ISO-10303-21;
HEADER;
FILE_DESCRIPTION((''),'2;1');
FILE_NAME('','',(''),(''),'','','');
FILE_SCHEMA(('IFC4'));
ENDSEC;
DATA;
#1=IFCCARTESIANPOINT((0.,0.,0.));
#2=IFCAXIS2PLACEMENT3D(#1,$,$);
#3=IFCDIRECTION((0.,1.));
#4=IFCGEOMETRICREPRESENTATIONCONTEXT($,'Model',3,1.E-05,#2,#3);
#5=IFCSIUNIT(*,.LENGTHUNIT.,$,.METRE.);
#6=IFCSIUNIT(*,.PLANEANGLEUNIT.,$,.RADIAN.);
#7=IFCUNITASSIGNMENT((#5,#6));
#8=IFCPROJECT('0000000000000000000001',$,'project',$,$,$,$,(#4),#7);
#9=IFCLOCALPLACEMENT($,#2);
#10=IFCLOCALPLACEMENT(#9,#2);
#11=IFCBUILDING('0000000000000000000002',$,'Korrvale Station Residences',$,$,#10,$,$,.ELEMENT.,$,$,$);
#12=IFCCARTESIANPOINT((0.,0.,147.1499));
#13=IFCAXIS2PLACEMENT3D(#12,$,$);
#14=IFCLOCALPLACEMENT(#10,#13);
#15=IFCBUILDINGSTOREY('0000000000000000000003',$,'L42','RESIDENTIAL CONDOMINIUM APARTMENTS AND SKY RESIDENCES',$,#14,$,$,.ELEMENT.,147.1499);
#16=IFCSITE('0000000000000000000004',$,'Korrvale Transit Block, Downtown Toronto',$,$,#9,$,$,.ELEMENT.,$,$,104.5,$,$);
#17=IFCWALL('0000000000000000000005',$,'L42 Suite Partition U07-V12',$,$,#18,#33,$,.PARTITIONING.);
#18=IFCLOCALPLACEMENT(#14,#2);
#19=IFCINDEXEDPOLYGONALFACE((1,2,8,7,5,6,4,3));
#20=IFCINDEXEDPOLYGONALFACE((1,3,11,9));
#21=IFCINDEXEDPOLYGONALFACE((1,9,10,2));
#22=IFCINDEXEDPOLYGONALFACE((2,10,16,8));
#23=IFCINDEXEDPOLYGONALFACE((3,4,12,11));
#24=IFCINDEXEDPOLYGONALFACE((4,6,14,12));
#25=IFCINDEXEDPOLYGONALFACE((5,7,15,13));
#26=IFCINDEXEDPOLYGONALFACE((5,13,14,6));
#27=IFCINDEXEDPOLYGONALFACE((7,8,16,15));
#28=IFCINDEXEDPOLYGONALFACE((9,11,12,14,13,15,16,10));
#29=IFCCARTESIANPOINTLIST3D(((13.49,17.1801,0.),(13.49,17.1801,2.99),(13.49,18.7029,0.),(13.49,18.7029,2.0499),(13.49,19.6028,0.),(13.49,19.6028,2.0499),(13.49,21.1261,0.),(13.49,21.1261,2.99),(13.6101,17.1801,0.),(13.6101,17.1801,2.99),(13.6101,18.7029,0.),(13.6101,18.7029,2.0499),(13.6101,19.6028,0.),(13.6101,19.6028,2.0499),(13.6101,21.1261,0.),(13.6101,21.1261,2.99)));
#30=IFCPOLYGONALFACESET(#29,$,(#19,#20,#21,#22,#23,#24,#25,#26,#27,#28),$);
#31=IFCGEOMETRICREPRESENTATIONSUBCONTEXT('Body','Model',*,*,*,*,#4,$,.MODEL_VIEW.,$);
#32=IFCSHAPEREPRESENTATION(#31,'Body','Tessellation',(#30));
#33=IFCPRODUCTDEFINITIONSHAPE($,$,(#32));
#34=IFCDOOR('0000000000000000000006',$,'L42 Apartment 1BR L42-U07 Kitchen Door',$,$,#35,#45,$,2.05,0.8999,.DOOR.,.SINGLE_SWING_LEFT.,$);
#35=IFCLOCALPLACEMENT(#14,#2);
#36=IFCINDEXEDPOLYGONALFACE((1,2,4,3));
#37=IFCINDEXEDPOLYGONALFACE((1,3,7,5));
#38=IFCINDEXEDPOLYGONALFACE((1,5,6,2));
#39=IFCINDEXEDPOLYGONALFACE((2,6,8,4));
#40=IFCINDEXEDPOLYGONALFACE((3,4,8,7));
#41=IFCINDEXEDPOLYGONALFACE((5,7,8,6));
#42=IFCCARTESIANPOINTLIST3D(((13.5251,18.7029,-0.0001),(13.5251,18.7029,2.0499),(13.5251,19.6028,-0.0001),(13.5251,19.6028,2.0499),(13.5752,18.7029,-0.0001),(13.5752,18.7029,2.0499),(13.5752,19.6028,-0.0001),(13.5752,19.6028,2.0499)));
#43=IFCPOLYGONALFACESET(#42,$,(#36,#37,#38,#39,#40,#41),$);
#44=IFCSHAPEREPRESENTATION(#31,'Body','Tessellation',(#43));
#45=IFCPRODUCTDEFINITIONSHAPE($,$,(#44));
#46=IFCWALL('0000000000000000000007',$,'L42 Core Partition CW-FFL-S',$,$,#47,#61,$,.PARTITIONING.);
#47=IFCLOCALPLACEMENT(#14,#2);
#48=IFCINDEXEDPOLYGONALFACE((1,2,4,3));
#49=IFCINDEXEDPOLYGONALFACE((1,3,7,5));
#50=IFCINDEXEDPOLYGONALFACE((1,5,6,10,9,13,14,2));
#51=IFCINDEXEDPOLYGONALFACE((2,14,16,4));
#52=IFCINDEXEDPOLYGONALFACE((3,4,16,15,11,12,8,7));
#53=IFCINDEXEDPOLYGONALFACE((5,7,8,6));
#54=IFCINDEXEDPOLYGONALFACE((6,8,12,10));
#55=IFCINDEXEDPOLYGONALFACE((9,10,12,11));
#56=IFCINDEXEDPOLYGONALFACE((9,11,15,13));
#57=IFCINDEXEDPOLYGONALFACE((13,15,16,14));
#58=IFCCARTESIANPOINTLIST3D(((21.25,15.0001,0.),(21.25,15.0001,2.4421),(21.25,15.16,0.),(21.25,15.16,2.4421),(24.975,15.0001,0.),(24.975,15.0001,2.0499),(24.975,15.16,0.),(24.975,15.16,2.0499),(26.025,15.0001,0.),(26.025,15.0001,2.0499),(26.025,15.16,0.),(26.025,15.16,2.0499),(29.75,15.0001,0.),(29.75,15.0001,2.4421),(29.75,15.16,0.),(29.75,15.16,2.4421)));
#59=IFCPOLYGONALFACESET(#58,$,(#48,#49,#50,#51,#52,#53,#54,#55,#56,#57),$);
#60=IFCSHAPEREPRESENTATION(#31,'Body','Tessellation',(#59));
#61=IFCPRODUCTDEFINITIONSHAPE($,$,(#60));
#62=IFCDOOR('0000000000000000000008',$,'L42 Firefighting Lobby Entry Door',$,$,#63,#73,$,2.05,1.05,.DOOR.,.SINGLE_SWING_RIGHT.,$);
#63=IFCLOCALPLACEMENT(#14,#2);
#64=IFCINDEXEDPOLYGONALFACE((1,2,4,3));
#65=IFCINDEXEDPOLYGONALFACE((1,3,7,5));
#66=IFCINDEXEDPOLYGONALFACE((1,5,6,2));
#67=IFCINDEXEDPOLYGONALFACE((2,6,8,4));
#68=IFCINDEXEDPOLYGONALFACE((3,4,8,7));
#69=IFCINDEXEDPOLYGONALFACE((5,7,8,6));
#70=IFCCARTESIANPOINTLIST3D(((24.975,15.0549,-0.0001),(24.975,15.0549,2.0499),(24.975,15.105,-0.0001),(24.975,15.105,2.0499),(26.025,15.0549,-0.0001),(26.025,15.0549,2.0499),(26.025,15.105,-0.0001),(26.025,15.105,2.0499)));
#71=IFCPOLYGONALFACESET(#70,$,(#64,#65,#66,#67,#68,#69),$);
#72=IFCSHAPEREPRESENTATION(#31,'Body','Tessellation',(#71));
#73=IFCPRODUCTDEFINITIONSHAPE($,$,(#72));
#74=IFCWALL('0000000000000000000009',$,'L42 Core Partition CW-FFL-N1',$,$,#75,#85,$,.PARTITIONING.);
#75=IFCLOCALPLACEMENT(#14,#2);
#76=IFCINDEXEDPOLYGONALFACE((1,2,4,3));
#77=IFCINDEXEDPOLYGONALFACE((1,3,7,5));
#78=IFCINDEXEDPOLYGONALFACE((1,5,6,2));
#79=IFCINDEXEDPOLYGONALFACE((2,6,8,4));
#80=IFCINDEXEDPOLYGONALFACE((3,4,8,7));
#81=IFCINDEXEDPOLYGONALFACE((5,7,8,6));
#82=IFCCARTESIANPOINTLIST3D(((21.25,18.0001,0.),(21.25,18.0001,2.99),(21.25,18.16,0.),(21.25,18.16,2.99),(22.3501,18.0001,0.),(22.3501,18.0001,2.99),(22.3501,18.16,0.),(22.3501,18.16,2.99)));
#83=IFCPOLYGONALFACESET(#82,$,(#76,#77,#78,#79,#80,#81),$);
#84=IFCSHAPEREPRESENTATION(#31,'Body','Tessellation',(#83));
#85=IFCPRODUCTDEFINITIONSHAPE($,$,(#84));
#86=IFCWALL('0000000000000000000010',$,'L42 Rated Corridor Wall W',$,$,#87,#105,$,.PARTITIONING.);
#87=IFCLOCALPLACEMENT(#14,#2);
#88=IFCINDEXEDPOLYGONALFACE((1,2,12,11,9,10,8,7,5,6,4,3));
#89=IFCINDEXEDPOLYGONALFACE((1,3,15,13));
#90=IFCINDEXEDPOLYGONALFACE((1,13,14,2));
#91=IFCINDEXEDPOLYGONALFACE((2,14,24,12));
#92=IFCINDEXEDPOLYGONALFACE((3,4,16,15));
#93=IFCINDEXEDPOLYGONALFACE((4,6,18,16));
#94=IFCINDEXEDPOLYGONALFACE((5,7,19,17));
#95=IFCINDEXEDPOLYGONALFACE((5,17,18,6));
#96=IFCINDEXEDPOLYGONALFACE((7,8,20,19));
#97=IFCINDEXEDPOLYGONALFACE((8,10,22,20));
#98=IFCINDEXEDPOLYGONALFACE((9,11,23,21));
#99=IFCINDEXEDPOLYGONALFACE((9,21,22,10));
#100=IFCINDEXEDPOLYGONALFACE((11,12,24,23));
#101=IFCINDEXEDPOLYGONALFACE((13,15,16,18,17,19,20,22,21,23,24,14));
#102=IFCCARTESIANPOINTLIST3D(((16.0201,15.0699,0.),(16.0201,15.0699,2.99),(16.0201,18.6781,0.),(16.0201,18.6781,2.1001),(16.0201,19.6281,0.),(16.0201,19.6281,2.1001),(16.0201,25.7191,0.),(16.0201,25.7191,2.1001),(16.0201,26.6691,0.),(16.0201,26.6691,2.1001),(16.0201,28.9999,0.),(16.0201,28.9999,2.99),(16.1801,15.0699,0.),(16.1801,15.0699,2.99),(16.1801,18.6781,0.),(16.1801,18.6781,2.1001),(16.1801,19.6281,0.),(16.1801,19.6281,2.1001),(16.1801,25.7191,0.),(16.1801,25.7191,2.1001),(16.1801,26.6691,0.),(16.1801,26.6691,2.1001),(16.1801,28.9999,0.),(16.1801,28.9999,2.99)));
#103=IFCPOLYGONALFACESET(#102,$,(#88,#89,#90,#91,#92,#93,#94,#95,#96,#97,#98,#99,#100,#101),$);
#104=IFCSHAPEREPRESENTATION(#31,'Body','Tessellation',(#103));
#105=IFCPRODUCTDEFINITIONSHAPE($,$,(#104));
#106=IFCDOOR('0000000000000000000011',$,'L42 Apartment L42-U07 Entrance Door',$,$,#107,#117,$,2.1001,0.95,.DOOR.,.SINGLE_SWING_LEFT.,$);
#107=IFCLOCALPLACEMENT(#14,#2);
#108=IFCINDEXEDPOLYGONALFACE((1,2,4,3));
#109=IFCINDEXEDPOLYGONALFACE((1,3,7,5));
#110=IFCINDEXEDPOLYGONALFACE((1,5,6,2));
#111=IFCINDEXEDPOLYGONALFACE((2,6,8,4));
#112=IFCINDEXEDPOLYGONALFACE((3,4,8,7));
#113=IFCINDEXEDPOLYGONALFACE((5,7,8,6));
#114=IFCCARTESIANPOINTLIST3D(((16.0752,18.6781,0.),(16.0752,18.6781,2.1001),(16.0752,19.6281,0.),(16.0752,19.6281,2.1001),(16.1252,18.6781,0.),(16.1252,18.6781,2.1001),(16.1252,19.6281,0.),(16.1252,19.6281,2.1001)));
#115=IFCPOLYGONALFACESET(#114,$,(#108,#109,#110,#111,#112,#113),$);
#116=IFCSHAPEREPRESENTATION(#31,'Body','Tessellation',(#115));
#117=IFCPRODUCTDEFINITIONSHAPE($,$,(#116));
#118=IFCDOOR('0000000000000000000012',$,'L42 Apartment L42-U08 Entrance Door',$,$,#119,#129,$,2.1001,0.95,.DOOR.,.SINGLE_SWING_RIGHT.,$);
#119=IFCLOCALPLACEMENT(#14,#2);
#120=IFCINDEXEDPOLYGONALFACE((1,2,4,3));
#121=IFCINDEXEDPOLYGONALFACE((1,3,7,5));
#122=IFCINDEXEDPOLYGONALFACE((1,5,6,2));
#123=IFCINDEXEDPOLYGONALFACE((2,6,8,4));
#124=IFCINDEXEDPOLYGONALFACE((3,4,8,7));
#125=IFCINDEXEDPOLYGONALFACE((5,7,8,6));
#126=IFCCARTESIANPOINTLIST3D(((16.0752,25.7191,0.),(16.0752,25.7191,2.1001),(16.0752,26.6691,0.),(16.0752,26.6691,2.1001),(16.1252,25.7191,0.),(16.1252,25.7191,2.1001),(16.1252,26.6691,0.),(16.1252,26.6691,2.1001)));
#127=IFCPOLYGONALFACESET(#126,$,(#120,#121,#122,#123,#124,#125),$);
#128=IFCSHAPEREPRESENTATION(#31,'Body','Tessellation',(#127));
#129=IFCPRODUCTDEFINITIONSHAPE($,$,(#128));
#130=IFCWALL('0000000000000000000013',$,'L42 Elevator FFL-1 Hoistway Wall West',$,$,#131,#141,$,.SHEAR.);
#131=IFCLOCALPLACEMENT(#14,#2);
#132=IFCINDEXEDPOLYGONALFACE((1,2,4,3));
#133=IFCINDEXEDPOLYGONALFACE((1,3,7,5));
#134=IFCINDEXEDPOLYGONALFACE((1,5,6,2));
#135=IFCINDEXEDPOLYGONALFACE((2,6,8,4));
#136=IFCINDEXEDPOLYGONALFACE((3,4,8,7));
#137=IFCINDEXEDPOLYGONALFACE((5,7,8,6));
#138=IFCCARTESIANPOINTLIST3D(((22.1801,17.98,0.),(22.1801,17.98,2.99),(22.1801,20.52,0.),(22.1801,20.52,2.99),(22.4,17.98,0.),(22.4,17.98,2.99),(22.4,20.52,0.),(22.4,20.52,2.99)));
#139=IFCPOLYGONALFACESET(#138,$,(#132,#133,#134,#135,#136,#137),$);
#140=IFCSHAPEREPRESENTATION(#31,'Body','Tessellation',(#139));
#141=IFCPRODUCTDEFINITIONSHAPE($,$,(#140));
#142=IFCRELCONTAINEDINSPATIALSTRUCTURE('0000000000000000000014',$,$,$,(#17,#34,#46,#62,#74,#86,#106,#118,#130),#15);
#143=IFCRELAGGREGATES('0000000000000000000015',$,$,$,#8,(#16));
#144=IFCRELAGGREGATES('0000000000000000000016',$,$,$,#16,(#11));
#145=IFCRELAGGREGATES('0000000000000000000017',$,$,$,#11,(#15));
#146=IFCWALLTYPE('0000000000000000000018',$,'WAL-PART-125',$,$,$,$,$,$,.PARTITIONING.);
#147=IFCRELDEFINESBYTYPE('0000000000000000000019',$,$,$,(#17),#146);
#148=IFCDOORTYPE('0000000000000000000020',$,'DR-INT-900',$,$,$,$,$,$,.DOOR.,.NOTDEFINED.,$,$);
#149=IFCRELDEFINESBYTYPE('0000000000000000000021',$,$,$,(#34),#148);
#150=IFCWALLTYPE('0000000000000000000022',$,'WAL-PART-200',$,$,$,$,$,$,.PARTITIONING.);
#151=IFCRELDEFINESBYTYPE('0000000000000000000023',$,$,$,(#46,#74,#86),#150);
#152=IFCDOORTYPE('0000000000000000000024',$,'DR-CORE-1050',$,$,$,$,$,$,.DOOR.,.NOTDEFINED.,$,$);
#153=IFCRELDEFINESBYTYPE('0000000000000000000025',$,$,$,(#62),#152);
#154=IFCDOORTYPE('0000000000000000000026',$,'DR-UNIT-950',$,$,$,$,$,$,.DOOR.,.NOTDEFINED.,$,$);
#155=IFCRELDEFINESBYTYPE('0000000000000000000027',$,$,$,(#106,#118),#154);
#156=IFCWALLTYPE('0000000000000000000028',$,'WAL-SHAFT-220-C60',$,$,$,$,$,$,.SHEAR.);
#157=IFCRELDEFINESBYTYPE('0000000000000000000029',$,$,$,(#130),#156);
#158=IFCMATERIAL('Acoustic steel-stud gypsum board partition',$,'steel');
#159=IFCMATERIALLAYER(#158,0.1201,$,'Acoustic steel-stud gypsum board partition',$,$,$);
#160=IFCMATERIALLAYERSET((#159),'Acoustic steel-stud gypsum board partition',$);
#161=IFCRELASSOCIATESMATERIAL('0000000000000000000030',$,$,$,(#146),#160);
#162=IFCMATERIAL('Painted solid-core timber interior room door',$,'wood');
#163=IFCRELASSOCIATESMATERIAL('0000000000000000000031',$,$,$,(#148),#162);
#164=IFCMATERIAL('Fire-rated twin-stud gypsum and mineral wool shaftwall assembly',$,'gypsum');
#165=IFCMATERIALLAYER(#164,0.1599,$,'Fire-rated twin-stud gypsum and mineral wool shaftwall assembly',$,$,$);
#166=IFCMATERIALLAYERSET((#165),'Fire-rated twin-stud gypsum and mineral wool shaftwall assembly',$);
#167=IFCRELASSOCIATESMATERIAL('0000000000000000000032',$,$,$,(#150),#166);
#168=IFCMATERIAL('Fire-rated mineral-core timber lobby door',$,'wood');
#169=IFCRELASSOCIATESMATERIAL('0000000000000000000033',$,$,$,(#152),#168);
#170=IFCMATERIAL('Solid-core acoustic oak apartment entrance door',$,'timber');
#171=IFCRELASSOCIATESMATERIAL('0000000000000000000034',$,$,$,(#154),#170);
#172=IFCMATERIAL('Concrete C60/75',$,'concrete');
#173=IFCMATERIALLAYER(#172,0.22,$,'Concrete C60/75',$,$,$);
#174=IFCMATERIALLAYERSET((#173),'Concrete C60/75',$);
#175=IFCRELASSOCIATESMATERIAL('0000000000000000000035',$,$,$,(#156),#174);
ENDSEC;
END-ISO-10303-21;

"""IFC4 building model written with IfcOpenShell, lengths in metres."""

from ifc_helpers import new_model, si_unit, direction, frame, frame_2d, origin, place, context, subcontext, project, spatial, rectangle, extrude, material, layer, layer_set, type_object, element, fill, save


model = new_model("IFC4")

# Units and contexts
model_context = context("Model", 3, precision=1e-05, world=origin(), true_north=direction((0.0, 1.0)))
body_context = subcontext(model_context, "Body", "Model", "MODEL_VIEW")
ifc_project = project(units=[si_unit("LENGTHUNIT", "METRE"), si_unit("PLANEANGLEUNIT", "RADIAN")], contexts=[model_context])

# Site, building, storey
site_placement = place(None, origin())
site = spatial("IfcSite", under=ifc_project, at=site_placement, Name="Korrvale Transit Block, Downtown Toronto", CompositionType="ELEMENT", RefElevation=104.5)
building_placement = place(site_placement, origin())
building = spatial("IfcBuilding", under=site, at=building_placement, Name="Korrvale Station Residences", CompositionType="ELEMENT")
storey_placement = place(building_placement, frame((0.0, 0.0, 147.1499)))
storey = spatial("IfcBuildingStorey", under=building, at=storey_placement, Name="L42", Description="RESIDENTIAL CONDOMINIUM APARTMENTS AND SKY RESIDENCES", CompositionType="ELEMENT", Elevation=147.1499)

# Shared definitions
ifc_material_1 = material(Name="Concrete C60/75", Category="concrete")

# Shared definitions
ifc_material_2 = material(Name="Acoustic steel-stud gypsum board partition", Category="steel")
ifc_layer_1 = layer(ifc_material_2, 0.1201, Name="Acoustic steel-stud gypsum board partition")
ifc_layer_set_1 = layer_set([ifc_layer_1], Name="Acoustic steel-stud gypsum board partition")
wall_type_1 = type_object("IfcWallType", Name="WAL-PART-125", PredefinedType="PARTITIONING", material=ifc_layer_set_1)

# Walls, openings, doors
wall_1_placement = place(storey_placement, frame((13.55, 17.1799, 0.0), z_axis=(0.0, 0.0, 1.0), x_axis=(0.0, 1.0, 0.0)))
wall_1 = element("IfcWall", 1, at=wall_1_placement, inside=storey, type_object=wall_type_1, Name="L42 Suite Partition U07-V12", PredefinedType="PARTITIONING", context=body_context, shape_type="SweptSolid", body=[
    extrude(rectangle(XDim=3.946, YDim=0.1201, at=frame_2d((1.9731, 0.0))), origin(), (0.0, 0.0, 1.0), 2.99),
])
opening_1_placement = place(wall_1_placement, frame((1.5229, 0.0, 0.0)))
opening_1 = element("IfcOpeningElement", 2, at=opening_1_placement, cuts=wall_1, PredefinedType="OPENING", context=body_context, shape_type="SweptSolid", body=[
    extrude(rectangle(XDim=0.8999, YDim=2.05, at=frame_2d((0.45, 1.0249))), frame((0.0, 0.0701, 0.0), z_axis=(0.0, -1.0, 0.0), x_axis=(1.0, 0.0, 0.0)), (0.0, 0.0, 1.0), 0.1401),
])
ifc_material_3 = material(Name="Painted solid-core timber interior room door", Category="wood")
door_type_1 = type_object("IfcDoorType", Name="DR-INT-900", OperationType="NOTDEFINED", PredefinedType="DOOR", material=ifc_material_3)
door_1_placement = place(opening_1_placement, origin())
door_1 = element("IfcDoor", 3, at=door_1_placement, inside=storey, type_object=door_type_1, Name="L42 Apartment 1BR L42-U07 Kitchen Door", OperationType="SINGLE_SWING_LEFT", OverallHeight=2.05, OverallWidth=0.8999, PredefinedType="DOOR", context=body_context, shape_type="SweptSolid", body=[
    extrude(rectangle(XDim=0.8999, YDim=2.05, at=frame_2d((0.45, 1.0249))), frame((0.0, 0.0249, 0.0), z_axis=(0.0, -1.0, 0.0), x_axis=(1.0, 0.0, 0.0)), (0.0, 0.0, 1.0), 0.05),
])
fill(opening_1, door_1)
ifc_material_4 = material(Name="Fire-rated twin-stud gypsum and mineral wool shaftwall assembly", Category="gypsum")
ifc_layer_2 = layer(ifc_material_4, 0.1599, Name="Fire-rated twin-stud gypsum and mineral wool shaftwall assembly")
ifc_layer_set_2 = layer_set([ifc_layer_2], Name="Fire-rated twin-stud gypsum and mineral wool shaftwall assembly")
wall_type_2 = type_object("IfcWallType", Name="WAL-PART-200", PredefinedType="PARTITIONING", material=ifc_layer_set_2)
wall_2_placement = place(storey_placement, frame((21.25, 15.0801, 0.0), z_axis=(0.0, 0.0, 1.0), x_axis=(1.0, 0.0, 0.0)))
wall_2 = element("IfcWall", 4, at=wall_2_placement, inside=storey, type_object=wall_type_2, Name="L42 Core Partition CW-FFL-S", PredefinedType="PARTITIONING", context=body_context, shape_type="SweptSolid", body=[
    extrude(rectangle(XDim=8.5, YDim=0.1599, at=frame_2d((4.25, 0.0))), origin(), (0.0, 0.0, 1.0), 2.4421),
])
opening_2_placement = place(wall_2_placement, frame((3.7251, 0.0, 0.0)))
opening_2 = element("IfcOpeningElement", 5, at=opening_2_placement, cuts=wall_2, PredefinedType="OPENING", context=body_context, shape_type="SweptSolid", body=[
    extrude(rectangle(XDim=1.05, YDim=2.05, at=frame_2d((0.5249, 1.0249))), frame((0.0, 0.0898, 0.0), z_axis=(0.0, -1.0, 0.0), x_axis=(1.0, 0.0, 0.0)), (0.0, 0.0, 1.0), 0.1799),
])
ifc_material_5 = material(Name="Fire-rated mineral-core timber lobby door", Category="wood")
door_type_2 = type_object("IfcDoorType", Name="DR-CORE-1050", OperationType="NOTDEFINED", PredefinedType="DOOR", material=ifc_material_5)
door_2_placement = place(opening_2_placement, origin())
door_2 = element("IfcDoor", 6, at=door_2_placement, inside=storey, type_object=door_type_2, Name="L42 Firefighting Lobby Entry Door", OperationType="SINGLE_SWING_RIGHT", OverallHeight=2.05, OverallWidth=1.05, PredefinedType="DOOR", context=body_context, shape_type="SweptSolid", body=[
    extrude(rectangle(XDim=1.05, YDim=2.05, at=frame_2d((0.5249, 1.0249))), frame((0.0, 0.0249, 0.0), z_axis=(0.0, -1.0, 0.0), x_axis=(1.0, 0.0, 0.0)), (0.0, 0.0, 1.0), 0.05),
])
fill(opening_2, door_2)

# Wall
wall_3_placement = place(storey_placement, frame((21.25, 18.0801, 0.0), z_axis=(0.0, 0.0, 1.0), x_axis=(1.0, 0.0, 0.0)))
element("IfcWall", 7, at=wall_3_placement, inside=storey, type_object=wall_type_2, Name="L42 Core Partition CW-FFL-N1", PredefinedType="PARTITIONING", context=body_context, shape_type="SweptSolid", body=[
    extrude(rectangle(XDim=1.1001, YDim=0.1599, at=frame_2d((0.55, 0.0))), origin(), (0.0, 0.0, 1.0), 2.99),
])

# Wall, openings, doors
wall_4_placement = place(storey_placement, frame((16.1001, 15.0701, 0.0), z_axis=(0.0, 0.0, 1.0), x_axis=(0.0, 1.0, 0.0)))
wall_4 = element("IfcWall", 8, at=wall_4_placement, inside=storey, type_object=wall_type_2, Name="L42 Rated Corridor Wall W", PredefinedType="PARTITIONING", context=body_context, shape_type="SweptSolid", body=[
    extrude(rectangle(XDim=13.9299, YDim=0.1599, at=frame_2d((6.9648, 0.0))), origin(), (0.0, 0.0, 1.0), 2.99),
])
opening_3_placement = place(wall_4_placement, frame((3.6079, 0.0, 0.0)))
opening_3 = element("IfcOpeningElement", 9, at=opening_3_placement, cuts=wall_4, PredefinedType="OPENING", context=body_context, shape_type="SweptSolid", body=[
    extrude(rectangle(XDim=0.95, YDim=2.1001, at=frame_2d((0.4751, 1.05))), frame((0.0, 0.0898, 0.0), z_axis=(0.0, -1.0, 0.0), x_axis=(1.0, 0.0, 0.0)), (0.0, 0.0, 1.0), 0.1799),
])
opening_4_placement = place(wall_4_placement, frame((10.6489, 0.0, 0.0)))
opening_4 = element("IfcOpeningElement", 10, at=opening_4_placement, cuts=wall_4, PredefinedType="OPENING", context=body_context, shape_type="SweptSolid", body=[
    extrude(rectangle(XDim=0.95, YDim=2.1001, at=frame_2d((0.4751, 1.05))), frame((0.0, 0.0898, 0.0), z_axis=(0.0, -1.0, 0.0), x_axis=(1.0, 0.0, 0.0)), (0.0, 0.0, 1.0), 0.1799),
])
ifc_material_6 = material(Name="Solid-core acoustic oak apartment entrance door", Category="timber")
door_type_3 = type_object("IfcDoorType", Name="DR-UNIT-950", OperationType="NOTDEFINED", PredefinedType="DOOR", material=ifc_material_6)
door_3_placement = place(opening_3_placement, origin())
door_3 = element("IfcDoor", 11, at=door_3_placement, inside=storey, type_object=door_type_3, Name="L42 Apartment L42-U07 Entrance Door", OperationType="SINGLE_SWING_LEFT", OverallHeight=2.1001, OverallWidth=0.95, PredefinedType="DOOR", context=body_context, shape_type="SweptSolid", body=[
    extrude(rectangle(XDim=0.95, YDim=2.1001, at=frame_2d((0.4751, 1.05))), frame((0.0, 0.0249, 0.0), z_axis=(0.0, -1.0, 0.0), x_axis=(1.0, 0.0, 0.0)), (0.0, 0.0, 1.0), 0.05),
])
fill(opening_3, door_3)
door_4_placement = place(opening_4_placement, origin())
door_4 = element("IfcDoor", 12, at=door_4_placement, inside=storey, type_object=door_type_3, Name="L42 Apartment L42-U08 Entrance Door", OperationType="SINGLE_SWING_RIGHT", OverallHeight=2.1001, OverallWidth=0.95, PredefinedType="DOOR", context=body_context, shape_type="SweptSolid", body=[
    extrude(rectangle(XDim=0.95, YDim=2.1001, at=frame_2d((0.4751, 1.05))), frame((0.0, 0.0249, 0.0), z_axis=(0.0, -1.0, 0.0), x_axis=(1.0, 0.0, 0.0)), (0.0, 0.0, 1.0), 0.05),
])
fill(opening_4, door_4)

# Shared definitions
ifc_layer_3 = layer(ifc_material_1, 0.22, Name="Concrete C60/75")
ifc_layer_set_3 = layer_set([ifc_layer_3], Name="Concrete C60/75")
wall_type_3 = type_object("IfcWallType", Name="WAL-SHAFT-220-C60", PredefinedType="SHEAR", material=ifc_layer_set_3)

# Wall
wall_5_placement = place(storey_placement, frame((22.29, 17.98, 0.0), z_axis=(0.0, 0.0, 1.0), x_axis=(0.0, 1.0, 0.0)))
element("IfcWall", 13, at=wall_5_placement, inside=storey, type_object=wall_type_3, Name="L42 Elevator FFL-1 Hoistway Wall West", PredefinedType="SHEAR", context=body_context, shape_type="SweptSolid", body=[
    extrude(rectangle(XDim=2.54, YDim=0.22, at=frame_2d((1.27, 0.0))), origin(), (0.0, 0.0, 1.0), 2.99),
])

save(model, "model.ifc")
